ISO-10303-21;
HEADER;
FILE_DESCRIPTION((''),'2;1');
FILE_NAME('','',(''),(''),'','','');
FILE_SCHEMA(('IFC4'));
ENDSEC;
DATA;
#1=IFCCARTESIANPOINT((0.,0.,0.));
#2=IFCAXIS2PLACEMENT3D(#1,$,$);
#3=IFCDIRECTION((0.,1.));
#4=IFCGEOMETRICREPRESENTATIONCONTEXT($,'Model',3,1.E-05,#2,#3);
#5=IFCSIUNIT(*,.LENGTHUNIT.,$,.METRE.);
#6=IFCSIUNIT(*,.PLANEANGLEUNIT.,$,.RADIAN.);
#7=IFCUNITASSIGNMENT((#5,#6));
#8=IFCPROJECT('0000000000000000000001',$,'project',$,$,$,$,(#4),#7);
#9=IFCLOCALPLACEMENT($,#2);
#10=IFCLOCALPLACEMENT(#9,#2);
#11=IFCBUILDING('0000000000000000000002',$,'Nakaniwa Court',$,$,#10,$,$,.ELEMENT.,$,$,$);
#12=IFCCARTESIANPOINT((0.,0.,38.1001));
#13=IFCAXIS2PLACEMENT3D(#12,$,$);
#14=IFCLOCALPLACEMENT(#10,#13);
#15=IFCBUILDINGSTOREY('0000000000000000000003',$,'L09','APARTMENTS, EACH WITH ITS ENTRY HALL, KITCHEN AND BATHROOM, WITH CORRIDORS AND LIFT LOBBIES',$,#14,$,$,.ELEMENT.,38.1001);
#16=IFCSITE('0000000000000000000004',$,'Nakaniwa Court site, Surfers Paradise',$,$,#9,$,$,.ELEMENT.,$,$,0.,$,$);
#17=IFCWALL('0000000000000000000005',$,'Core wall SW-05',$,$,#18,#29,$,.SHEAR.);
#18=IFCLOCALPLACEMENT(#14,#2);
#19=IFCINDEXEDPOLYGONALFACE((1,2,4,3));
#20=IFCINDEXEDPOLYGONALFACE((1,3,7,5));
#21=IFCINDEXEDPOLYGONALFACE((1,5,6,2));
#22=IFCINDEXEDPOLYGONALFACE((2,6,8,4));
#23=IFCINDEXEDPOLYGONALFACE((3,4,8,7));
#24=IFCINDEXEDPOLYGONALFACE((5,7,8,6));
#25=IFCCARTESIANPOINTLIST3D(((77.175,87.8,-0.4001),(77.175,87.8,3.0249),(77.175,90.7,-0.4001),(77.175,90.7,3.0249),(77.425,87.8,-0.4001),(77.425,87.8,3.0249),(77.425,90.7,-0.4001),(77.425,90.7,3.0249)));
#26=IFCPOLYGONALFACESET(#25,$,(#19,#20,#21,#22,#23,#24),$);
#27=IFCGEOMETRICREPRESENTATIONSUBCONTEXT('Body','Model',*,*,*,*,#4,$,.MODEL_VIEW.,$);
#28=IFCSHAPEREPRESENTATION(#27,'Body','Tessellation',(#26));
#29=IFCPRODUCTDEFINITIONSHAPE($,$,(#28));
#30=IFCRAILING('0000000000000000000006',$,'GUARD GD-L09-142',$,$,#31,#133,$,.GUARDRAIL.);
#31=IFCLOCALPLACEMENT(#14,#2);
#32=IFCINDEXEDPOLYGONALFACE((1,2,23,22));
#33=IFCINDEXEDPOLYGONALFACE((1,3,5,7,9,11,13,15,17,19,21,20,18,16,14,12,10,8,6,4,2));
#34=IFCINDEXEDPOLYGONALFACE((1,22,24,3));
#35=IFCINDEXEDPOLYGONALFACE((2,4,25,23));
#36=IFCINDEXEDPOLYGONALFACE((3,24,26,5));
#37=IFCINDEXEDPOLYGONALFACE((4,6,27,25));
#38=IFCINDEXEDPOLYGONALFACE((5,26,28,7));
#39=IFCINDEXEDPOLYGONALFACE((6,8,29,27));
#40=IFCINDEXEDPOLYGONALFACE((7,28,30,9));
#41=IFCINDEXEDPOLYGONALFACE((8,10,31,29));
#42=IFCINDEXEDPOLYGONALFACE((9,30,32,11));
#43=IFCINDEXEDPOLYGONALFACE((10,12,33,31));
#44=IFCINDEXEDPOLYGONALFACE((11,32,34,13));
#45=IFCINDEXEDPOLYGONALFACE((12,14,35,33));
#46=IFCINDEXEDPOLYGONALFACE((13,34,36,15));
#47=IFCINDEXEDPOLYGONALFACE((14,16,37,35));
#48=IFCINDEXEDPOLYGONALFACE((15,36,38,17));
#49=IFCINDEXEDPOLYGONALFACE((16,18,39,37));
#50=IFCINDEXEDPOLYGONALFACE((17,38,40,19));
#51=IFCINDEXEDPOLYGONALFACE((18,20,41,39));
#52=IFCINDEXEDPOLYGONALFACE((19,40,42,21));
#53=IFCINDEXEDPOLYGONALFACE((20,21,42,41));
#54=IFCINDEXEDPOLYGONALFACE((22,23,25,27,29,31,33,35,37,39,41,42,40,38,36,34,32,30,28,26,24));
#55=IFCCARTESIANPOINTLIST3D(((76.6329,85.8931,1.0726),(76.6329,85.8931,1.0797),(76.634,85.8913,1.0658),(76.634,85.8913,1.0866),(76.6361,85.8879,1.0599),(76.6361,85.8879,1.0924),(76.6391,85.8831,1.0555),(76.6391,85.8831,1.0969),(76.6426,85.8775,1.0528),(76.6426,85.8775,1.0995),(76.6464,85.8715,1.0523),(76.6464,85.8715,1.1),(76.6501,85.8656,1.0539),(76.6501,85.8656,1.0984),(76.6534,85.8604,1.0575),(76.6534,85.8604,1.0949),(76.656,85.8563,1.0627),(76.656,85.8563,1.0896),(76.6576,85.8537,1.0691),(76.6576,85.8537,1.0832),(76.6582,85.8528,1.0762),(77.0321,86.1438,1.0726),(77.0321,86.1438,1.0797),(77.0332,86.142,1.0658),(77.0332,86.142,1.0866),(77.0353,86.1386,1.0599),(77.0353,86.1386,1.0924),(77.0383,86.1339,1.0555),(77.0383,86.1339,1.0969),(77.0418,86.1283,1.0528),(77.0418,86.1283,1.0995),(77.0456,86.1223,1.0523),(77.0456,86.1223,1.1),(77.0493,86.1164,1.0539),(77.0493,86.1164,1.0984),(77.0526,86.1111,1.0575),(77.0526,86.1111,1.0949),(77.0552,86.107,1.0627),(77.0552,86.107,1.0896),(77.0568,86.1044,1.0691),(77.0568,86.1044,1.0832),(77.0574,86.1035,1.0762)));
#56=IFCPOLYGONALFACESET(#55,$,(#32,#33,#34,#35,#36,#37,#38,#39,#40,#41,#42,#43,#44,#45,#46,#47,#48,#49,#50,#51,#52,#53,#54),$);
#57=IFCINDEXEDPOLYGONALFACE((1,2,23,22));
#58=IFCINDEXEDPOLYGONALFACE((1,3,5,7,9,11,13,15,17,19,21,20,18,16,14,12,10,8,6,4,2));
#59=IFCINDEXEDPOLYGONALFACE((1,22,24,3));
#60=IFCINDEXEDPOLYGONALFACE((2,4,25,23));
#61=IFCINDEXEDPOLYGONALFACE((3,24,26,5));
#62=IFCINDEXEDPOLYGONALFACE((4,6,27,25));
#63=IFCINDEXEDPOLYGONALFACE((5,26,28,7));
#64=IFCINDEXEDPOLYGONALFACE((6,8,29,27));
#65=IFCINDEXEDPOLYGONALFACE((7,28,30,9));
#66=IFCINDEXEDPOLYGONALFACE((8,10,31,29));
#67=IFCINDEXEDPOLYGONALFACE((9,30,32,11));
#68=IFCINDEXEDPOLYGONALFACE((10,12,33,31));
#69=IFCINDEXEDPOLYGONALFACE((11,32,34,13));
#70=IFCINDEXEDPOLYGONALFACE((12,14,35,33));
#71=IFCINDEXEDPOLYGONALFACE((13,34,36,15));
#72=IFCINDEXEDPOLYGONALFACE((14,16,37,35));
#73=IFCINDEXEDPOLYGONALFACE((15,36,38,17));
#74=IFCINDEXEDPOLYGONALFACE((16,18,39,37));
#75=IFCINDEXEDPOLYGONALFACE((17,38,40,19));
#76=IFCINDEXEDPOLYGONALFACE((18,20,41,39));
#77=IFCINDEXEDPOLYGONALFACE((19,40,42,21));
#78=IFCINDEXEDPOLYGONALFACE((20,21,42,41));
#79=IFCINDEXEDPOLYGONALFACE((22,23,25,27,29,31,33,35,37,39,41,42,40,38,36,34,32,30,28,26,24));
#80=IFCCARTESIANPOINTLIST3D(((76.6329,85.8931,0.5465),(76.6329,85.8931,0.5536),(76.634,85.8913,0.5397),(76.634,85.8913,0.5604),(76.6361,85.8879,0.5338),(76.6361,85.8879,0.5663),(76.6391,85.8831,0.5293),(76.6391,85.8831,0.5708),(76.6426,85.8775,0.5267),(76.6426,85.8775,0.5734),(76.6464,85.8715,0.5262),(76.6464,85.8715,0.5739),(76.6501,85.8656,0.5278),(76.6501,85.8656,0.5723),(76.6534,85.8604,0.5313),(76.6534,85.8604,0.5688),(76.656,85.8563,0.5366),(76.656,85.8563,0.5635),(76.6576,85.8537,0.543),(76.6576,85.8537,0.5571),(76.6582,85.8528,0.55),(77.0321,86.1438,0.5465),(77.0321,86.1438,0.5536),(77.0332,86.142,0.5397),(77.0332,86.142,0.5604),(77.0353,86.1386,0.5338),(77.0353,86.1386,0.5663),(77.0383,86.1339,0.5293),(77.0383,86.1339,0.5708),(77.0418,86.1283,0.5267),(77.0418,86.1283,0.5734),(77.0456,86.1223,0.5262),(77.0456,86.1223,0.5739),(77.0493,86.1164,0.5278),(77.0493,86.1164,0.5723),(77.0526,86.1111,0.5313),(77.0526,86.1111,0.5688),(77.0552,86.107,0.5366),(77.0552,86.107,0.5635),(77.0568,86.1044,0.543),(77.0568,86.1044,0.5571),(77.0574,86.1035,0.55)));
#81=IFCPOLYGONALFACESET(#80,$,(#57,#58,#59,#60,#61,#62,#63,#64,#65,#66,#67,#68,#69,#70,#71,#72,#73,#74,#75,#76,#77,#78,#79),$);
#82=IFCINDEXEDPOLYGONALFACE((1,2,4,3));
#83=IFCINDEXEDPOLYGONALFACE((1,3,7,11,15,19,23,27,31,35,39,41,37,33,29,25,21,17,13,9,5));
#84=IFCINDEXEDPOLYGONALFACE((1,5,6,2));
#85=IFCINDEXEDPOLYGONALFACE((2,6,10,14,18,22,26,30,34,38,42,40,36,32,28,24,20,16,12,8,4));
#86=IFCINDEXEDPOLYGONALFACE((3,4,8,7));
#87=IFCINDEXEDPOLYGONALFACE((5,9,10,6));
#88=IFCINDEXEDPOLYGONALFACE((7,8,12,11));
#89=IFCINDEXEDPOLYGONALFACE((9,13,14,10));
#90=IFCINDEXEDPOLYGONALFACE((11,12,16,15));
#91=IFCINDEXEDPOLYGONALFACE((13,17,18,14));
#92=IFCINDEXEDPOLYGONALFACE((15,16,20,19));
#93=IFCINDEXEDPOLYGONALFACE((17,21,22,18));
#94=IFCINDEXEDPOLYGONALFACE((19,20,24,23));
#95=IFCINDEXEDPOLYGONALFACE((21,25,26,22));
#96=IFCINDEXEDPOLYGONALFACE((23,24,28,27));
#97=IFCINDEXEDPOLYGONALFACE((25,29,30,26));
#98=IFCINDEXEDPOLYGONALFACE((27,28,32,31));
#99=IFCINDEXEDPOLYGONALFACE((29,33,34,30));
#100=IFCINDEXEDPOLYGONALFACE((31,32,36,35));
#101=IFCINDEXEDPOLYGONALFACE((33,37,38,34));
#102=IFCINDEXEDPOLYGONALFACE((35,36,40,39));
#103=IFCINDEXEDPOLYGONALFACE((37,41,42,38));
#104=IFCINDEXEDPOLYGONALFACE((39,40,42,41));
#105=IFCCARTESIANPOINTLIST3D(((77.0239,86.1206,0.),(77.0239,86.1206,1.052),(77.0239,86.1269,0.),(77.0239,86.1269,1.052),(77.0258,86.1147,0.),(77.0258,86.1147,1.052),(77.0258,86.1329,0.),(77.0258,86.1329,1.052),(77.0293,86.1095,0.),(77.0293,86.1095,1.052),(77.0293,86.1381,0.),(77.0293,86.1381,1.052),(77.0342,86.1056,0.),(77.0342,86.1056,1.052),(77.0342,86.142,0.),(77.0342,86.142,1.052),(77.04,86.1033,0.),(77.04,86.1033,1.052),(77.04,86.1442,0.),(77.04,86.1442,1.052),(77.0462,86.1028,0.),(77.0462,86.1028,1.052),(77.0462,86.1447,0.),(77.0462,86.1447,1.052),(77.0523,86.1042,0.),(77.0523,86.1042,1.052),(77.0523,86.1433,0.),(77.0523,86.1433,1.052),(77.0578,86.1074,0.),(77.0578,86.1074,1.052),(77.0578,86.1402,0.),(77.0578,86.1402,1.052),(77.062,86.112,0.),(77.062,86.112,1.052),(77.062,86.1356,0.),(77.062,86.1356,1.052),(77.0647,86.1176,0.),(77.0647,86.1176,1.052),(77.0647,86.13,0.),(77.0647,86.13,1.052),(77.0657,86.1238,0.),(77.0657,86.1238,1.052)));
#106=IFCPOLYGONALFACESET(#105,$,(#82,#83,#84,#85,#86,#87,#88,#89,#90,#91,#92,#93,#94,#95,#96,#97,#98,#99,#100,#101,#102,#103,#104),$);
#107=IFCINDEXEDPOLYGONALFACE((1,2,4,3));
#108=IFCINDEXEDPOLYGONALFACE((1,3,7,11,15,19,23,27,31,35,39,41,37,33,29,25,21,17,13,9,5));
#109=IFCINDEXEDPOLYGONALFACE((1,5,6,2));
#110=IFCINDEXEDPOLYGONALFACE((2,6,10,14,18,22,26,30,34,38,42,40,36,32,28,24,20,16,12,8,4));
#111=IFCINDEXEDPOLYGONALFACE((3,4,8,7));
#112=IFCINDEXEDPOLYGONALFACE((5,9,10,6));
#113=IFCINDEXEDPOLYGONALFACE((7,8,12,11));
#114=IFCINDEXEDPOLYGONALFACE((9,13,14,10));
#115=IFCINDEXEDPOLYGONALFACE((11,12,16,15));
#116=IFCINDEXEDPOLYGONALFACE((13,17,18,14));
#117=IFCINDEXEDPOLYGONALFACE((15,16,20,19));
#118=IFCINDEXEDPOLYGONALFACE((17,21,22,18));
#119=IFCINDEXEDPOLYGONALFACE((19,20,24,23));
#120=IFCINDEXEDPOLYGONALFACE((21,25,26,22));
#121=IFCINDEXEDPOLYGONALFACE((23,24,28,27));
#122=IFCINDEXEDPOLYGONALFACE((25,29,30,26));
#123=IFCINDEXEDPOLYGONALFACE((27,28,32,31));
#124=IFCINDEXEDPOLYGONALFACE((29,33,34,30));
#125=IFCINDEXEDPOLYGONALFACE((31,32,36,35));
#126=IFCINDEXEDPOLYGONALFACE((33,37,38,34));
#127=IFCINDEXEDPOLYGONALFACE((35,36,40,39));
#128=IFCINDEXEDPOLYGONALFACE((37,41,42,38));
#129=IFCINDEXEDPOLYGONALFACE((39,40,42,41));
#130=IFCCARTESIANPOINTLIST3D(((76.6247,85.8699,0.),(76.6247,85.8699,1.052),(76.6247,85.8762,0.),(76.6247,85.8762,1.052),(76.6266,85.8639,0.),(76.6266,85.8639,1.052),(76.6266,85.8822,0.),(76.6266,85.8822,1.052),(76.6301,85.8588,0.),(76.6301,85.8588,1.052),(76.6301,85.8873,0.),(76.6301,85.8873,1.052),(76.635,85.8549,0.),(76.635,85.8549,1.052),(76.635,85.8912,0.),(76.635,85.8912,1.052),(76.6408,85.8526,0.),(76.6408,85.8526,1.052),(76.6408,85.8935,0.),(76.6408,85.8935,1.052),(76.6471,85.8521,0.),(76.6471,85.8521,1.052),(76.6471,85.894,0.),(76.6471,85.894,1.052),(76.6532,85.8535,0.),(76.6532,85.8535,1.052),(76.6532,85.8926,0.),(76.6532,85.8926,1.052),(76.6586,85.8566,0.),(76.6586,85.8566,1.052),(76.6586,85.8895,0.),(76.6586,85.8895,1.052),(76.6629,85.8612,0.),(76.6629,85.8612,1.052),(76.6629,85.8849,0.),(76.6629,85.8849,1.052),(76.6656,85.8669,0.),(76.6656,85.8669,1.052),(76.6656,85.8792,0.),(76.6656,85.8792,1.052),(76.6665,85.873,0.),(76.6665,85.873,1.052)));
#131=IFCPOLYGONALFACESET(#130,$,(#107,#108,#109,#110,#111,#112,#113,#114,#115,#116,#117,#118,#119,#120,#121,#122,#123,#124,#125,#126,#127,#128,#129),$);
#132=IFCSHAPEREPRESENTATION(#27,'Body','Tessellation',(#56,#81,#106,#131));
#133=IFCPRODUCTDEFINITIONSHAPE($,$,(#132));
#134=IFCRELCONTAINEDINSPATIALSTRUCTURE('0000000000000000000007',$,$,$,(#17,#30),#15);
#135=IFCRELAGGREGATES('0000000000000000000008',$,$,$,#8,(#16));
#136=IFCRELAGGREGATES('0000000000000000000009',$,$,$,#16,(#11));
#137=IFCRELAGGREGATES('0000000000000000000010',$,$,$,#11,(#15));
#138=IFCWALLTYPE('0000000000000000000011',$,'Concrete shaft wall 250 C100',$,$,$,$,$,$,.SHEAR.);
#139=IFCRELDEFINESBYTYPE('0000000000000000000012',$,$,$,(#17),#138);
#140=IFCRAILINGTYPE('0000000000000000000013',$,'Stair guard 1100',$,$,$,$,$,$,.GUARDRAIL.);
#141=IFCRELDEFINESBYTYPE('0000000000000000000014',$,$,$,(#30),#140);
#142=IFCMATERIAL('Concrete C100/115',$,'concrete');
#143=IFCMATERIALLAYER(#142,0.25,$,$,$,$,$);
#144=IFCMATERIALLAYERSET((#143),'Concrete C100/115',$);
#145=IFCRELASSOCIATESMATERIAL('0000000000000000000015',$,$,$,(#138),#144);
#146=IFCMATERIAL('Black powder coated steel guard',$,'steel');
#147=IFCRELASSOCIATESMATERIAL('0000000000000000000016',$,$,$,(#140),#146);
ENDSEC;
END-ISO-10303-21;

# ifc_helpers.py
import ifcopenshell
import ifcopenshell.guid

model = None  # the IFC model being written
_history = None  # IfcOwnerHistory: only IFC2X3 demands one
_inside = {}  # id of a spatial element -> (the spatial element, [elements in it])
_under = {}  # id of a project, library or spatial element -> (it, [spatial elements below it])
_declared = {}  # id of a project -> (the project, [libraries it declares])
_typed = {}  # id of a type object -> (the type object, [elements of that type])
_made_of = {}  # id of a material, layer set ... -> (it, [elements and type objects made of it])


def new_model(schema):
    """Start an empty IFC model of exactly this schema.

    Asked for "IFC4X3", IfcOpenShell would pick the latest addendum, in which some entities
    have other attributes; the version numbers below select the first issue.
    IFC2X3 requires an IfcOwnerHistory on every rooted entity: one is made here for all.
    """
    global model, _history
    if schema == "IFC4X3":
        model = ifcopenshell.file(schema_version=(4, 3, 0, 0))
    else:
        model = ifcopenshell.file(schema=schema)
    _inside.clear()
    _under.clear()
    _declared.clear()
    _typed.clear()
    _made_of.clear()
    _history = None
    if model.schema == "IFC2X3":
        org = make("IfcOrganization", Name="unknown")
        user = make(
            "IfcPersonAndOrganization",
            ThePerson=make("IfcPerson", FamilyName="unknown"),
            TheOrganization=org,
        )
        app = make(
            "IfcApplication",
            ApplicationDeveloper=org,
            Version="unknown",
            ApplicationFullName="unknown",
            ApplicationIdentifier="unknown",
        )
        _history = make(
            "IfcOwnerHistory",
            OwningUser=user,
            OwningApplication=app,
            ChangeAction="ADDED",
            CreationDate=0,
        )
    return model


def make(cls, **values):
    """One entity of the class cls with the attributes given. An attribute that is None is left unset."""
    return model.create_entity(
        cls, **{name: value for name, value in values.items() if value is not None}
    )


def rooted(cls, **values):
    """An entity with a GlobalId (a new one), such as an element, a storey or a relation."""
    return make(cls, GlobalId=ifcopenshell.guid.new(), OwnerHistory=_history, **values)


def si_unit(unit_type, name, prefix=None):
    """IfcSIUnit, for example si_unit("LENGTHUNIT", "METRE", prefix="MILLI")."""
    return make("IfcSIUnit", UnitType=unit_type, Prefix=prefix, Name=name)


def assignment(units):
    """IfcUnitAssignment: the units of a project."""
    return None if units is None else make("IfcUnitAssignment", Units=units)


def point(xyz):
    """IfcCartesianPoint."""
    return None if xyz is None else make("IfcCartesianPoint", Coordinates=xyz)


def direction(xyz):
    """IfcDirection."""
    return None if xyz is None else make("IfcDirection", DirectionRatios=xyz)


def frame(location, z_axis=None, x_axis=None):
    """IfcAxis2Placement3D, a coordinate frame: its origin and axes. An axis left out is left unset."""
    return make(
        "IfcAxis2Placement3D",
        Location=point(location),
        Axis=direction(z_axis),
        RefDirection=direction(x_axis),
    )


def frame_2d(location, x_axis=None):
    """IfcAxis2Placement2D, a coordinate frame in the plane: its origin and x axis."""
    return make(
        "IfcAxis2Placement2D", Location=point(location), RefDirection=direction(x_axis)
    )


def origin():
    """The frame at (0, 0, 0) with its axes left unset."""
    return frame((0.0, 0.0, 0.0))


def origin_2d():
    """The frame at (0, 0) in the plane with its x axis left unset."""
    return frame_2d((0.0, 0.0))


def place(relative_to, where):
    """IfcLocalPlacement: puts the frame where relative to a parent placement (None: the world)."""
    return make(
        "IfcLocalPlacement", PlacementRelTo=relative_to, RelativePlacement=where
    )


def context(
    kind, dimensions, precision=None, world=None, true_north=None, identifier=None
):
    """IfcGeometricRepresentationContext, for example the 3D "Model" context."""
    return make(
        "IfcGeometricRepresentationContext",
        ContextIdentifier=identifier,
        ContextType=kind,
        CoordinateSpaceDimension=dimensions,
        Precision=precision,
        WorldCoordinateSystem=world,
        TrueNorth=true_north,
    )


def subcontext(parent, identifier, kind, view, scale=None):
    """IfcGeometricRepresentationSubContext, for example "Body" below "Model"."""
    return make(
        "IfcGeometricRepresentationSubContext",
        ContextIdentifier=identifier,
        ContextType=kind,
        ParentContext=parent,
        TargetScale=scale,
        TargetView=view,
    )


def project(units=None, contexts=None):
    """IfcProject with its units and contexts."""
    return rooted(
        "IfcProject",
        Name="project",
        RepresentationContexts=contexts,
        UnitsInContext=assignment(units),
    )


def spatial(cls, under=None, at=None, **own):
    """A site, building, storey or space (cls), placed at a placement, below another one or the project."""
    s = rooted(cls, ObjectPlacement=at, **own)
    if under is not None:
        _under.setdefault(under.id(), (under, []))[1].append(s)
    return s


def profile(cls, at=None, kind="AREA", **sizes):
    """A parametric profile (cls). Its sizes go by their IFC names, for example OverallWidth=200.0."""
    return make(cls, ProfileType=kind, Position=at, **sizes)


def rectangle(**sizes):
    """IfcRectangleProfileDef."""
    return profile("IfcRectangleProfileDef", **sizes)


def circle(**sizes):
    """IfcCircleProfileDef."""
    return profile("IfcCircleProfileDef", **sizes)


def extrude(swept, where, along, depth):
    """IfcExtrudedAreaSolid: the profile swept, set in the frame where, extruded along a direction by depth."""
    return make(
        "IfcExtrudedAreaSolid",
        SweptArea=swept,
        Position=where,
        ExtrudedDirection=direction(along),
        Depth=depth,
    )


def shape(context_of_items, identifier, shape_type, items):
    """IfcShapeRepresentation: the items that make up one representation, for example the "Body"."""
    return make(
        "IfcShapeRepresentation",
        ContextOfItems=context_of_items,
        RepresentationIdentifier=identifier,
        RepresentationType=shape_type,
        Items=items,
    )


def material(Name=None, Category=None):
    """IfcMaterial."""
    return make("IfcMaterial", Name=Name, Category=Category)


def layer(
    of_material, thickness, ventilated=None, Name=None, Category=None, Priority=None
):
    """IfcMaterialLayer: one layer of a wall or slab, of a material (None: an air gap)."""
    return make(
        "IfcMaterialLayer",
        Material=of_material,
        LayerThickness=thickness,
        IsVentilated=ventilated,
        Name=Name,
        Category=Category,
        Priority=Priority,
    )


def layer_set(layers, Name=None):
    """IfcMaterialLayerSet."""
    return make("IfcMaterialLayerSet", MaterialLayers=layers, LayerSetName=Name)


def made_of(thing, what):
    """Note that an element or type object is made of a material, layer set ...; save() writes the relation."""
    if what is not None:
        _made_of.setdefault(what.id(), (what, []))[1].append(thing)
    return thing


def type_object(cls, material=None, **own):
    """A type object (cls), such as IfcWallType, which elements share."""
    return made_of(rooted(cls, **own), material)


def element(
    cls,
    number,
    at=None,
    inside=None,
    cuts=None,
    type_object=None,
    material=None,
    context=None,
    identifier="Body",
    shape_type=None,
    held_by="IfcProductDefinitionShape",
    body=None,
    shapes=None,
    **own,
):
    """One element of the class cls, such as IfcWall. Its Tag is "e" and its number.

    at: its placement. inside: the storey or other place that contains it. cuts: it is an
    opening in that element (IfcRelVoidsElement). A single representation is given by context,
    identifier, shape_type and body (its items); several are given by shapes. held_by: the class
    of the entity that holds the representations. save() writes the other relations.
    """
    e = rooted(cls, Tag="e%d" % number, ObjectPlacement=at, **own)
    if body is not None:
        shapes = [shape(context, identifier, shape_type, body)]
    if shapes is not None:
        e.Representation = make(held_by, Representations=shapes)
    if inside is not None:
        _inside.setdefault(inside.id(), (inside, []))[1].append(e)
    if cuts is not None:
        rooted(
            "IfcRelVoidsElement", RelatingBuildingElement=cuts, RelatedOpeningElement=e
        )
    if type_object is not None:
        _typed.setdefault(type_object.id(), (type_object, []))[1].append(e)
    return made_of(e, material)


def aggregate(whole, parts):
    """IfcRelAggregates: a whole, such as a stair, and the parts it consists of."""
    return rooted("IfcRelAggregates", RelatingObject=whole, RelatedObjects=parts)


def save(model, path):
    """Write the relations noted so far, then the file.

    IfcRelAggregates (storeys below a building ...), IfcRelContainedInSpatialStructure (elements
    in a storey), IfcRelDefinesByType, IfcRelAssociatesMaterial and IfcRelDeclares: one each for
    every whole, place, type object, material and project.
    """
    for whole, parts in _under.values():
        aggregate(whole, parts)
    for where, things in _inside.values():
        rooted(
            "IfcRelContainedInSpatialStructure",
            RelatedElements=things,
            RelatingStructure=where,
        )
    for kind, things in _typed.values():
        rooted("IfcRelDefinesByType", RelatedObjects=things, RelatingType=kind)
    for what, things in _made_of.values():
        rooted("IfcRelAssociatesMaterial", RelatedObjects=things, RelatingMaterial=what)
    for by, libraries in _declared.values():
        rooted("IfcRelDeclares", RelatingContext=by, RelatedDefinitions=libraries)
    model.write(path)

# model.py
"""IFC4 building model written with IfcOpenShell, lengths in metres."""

from ifc_helpers import new_model, si_unit, direction, frame, frame_2d, origin, origin_2d, place, context, subcontext, project, spatial, rectangle, circle, extrude, material, layer, layer_set, type_object, element, save


model = new_model("IFC4")

# Units and contexts
model_context = context("Model", 3, precision=1e-05, world=origin(), true_north=direction((0.0, 1.0)))
body_context = subcontext(model_context, "Body", "Model", "MODEL_VIEW")
ifc_project = project(units=[si_unit("LENGTHUNIT", "METRE"), si_unit("PLANEANGLEUNIT", "RADIAN")], contexts=[model_context])

# Site, building, storey
site_placement = place(None, origin())
site = spatial("IfcSite", under=ifc_project, at=site_placement, Name="Nakaniwa Court site, Surfers Paradise", CompositionType="ELEMENT", RefElevation=0.0)
building_placement = place(site_placement, origin())
building = spatial("IfcBuilding", under=site, at=building_placement, Name="Nakaniwa Court", CompositionType="ELEMENT")
storey_placement = place(building_placement, frame((0.0, 0.0, 38.1001)))
storey = spatial("IfcBuildingStorey", under=building, at=storey_placement, Name="L09", Description="APARTMENTS, EACH WITH ITS ENTRY HALL, KITCHEN AND BATHROOM, WITH CORRIDORS AND LIFT LOBBIES", CompositionType="ELEMENT", Elevation=38.1001)

# Wall
ifc_material_1 = material(Name="Concrete C100/115", Category="concrete")
ifc_layer = layer(ifc_material_1, 0.25)
ifc_layer_set = layer_set([ifc_layer], Name="Concrete C100/115")
wall_type = type_object("IfcWallType", Name="Concrete shaft wall 250 C100", PredefinedType="SHEAR", material=ifc_layer_set)
for number, where, z_axis, x_axis, name in (
    (1, (77.3, 87.8, -0.4001), (0.0, 0.0, 1.0), (0.0, 1.0, 0.0), "Core wall SW-05"),
):
    element("IfcWall", number, at=place(storey_placement, frame(where, z_axis=z_axis, x_axis=x_axis)), inside=storey, type_object=wall_type, Name=name, PredefinedType="SHEAR", context=body_context, shape_type="SweptSolid", body=[
        extrude(rectangle(XDim=2.8999, YDim=0.25, at=frame_2d((1.45, 0.0))), origin(), (0.0, 0.0, 1.0), 3.425),
    ])

# Railing
ifc_material_2 = material(Name="Black powder coated steel guard", Category="steel")
railing_type = type_object("IfcRailingType", Name="Stair guard 1100", PredefinedType="GUARDRAIL", material=ifc_material_2)
railing_1_placement = place(storey_placement, frame((77.0447, 86.1238, 0.0)))
element("IfcRailing", 2, at=railing_1_placement, inside=storey, type_object=railing_type, Name="GUARD GD-L09-142", PredefinedType="GUARDRAIL", context=body_context, shape_type="SweptSolid", body=[
    extrude(circle(Radius=0.0239, at=origin_2d()), frame((0.0, 0.0, 1.0762), z_axis=(-0.846803, -0.531906, 0.0), x_axis=(0.531906, -0.846803, 0.0)), (0.0, 0.0, 1.0), 0.4714),
    extrude(circle(Radius=0.0239, at=origin_2d()), frame((0.0, 0.0, 0.55), z_axis=(-0.846803, -0.531906, 0.0), x_axis=(0.531906, -0.846803, 0.0)), (0.0, 0.0, 1.0), 0.4714),
    extrude(circle(Radius=0.021, at=origin_2d()), origin(), (0.0, 0.0, 1.0), 1.052),
    extrude(circle(Radius=0.021, at=origin_2d()), frame((-0.3992, -0.2507, 0.0)), (0.0, 0.0, 1.0), 1.052),
])

save(model, "model.ifc")
